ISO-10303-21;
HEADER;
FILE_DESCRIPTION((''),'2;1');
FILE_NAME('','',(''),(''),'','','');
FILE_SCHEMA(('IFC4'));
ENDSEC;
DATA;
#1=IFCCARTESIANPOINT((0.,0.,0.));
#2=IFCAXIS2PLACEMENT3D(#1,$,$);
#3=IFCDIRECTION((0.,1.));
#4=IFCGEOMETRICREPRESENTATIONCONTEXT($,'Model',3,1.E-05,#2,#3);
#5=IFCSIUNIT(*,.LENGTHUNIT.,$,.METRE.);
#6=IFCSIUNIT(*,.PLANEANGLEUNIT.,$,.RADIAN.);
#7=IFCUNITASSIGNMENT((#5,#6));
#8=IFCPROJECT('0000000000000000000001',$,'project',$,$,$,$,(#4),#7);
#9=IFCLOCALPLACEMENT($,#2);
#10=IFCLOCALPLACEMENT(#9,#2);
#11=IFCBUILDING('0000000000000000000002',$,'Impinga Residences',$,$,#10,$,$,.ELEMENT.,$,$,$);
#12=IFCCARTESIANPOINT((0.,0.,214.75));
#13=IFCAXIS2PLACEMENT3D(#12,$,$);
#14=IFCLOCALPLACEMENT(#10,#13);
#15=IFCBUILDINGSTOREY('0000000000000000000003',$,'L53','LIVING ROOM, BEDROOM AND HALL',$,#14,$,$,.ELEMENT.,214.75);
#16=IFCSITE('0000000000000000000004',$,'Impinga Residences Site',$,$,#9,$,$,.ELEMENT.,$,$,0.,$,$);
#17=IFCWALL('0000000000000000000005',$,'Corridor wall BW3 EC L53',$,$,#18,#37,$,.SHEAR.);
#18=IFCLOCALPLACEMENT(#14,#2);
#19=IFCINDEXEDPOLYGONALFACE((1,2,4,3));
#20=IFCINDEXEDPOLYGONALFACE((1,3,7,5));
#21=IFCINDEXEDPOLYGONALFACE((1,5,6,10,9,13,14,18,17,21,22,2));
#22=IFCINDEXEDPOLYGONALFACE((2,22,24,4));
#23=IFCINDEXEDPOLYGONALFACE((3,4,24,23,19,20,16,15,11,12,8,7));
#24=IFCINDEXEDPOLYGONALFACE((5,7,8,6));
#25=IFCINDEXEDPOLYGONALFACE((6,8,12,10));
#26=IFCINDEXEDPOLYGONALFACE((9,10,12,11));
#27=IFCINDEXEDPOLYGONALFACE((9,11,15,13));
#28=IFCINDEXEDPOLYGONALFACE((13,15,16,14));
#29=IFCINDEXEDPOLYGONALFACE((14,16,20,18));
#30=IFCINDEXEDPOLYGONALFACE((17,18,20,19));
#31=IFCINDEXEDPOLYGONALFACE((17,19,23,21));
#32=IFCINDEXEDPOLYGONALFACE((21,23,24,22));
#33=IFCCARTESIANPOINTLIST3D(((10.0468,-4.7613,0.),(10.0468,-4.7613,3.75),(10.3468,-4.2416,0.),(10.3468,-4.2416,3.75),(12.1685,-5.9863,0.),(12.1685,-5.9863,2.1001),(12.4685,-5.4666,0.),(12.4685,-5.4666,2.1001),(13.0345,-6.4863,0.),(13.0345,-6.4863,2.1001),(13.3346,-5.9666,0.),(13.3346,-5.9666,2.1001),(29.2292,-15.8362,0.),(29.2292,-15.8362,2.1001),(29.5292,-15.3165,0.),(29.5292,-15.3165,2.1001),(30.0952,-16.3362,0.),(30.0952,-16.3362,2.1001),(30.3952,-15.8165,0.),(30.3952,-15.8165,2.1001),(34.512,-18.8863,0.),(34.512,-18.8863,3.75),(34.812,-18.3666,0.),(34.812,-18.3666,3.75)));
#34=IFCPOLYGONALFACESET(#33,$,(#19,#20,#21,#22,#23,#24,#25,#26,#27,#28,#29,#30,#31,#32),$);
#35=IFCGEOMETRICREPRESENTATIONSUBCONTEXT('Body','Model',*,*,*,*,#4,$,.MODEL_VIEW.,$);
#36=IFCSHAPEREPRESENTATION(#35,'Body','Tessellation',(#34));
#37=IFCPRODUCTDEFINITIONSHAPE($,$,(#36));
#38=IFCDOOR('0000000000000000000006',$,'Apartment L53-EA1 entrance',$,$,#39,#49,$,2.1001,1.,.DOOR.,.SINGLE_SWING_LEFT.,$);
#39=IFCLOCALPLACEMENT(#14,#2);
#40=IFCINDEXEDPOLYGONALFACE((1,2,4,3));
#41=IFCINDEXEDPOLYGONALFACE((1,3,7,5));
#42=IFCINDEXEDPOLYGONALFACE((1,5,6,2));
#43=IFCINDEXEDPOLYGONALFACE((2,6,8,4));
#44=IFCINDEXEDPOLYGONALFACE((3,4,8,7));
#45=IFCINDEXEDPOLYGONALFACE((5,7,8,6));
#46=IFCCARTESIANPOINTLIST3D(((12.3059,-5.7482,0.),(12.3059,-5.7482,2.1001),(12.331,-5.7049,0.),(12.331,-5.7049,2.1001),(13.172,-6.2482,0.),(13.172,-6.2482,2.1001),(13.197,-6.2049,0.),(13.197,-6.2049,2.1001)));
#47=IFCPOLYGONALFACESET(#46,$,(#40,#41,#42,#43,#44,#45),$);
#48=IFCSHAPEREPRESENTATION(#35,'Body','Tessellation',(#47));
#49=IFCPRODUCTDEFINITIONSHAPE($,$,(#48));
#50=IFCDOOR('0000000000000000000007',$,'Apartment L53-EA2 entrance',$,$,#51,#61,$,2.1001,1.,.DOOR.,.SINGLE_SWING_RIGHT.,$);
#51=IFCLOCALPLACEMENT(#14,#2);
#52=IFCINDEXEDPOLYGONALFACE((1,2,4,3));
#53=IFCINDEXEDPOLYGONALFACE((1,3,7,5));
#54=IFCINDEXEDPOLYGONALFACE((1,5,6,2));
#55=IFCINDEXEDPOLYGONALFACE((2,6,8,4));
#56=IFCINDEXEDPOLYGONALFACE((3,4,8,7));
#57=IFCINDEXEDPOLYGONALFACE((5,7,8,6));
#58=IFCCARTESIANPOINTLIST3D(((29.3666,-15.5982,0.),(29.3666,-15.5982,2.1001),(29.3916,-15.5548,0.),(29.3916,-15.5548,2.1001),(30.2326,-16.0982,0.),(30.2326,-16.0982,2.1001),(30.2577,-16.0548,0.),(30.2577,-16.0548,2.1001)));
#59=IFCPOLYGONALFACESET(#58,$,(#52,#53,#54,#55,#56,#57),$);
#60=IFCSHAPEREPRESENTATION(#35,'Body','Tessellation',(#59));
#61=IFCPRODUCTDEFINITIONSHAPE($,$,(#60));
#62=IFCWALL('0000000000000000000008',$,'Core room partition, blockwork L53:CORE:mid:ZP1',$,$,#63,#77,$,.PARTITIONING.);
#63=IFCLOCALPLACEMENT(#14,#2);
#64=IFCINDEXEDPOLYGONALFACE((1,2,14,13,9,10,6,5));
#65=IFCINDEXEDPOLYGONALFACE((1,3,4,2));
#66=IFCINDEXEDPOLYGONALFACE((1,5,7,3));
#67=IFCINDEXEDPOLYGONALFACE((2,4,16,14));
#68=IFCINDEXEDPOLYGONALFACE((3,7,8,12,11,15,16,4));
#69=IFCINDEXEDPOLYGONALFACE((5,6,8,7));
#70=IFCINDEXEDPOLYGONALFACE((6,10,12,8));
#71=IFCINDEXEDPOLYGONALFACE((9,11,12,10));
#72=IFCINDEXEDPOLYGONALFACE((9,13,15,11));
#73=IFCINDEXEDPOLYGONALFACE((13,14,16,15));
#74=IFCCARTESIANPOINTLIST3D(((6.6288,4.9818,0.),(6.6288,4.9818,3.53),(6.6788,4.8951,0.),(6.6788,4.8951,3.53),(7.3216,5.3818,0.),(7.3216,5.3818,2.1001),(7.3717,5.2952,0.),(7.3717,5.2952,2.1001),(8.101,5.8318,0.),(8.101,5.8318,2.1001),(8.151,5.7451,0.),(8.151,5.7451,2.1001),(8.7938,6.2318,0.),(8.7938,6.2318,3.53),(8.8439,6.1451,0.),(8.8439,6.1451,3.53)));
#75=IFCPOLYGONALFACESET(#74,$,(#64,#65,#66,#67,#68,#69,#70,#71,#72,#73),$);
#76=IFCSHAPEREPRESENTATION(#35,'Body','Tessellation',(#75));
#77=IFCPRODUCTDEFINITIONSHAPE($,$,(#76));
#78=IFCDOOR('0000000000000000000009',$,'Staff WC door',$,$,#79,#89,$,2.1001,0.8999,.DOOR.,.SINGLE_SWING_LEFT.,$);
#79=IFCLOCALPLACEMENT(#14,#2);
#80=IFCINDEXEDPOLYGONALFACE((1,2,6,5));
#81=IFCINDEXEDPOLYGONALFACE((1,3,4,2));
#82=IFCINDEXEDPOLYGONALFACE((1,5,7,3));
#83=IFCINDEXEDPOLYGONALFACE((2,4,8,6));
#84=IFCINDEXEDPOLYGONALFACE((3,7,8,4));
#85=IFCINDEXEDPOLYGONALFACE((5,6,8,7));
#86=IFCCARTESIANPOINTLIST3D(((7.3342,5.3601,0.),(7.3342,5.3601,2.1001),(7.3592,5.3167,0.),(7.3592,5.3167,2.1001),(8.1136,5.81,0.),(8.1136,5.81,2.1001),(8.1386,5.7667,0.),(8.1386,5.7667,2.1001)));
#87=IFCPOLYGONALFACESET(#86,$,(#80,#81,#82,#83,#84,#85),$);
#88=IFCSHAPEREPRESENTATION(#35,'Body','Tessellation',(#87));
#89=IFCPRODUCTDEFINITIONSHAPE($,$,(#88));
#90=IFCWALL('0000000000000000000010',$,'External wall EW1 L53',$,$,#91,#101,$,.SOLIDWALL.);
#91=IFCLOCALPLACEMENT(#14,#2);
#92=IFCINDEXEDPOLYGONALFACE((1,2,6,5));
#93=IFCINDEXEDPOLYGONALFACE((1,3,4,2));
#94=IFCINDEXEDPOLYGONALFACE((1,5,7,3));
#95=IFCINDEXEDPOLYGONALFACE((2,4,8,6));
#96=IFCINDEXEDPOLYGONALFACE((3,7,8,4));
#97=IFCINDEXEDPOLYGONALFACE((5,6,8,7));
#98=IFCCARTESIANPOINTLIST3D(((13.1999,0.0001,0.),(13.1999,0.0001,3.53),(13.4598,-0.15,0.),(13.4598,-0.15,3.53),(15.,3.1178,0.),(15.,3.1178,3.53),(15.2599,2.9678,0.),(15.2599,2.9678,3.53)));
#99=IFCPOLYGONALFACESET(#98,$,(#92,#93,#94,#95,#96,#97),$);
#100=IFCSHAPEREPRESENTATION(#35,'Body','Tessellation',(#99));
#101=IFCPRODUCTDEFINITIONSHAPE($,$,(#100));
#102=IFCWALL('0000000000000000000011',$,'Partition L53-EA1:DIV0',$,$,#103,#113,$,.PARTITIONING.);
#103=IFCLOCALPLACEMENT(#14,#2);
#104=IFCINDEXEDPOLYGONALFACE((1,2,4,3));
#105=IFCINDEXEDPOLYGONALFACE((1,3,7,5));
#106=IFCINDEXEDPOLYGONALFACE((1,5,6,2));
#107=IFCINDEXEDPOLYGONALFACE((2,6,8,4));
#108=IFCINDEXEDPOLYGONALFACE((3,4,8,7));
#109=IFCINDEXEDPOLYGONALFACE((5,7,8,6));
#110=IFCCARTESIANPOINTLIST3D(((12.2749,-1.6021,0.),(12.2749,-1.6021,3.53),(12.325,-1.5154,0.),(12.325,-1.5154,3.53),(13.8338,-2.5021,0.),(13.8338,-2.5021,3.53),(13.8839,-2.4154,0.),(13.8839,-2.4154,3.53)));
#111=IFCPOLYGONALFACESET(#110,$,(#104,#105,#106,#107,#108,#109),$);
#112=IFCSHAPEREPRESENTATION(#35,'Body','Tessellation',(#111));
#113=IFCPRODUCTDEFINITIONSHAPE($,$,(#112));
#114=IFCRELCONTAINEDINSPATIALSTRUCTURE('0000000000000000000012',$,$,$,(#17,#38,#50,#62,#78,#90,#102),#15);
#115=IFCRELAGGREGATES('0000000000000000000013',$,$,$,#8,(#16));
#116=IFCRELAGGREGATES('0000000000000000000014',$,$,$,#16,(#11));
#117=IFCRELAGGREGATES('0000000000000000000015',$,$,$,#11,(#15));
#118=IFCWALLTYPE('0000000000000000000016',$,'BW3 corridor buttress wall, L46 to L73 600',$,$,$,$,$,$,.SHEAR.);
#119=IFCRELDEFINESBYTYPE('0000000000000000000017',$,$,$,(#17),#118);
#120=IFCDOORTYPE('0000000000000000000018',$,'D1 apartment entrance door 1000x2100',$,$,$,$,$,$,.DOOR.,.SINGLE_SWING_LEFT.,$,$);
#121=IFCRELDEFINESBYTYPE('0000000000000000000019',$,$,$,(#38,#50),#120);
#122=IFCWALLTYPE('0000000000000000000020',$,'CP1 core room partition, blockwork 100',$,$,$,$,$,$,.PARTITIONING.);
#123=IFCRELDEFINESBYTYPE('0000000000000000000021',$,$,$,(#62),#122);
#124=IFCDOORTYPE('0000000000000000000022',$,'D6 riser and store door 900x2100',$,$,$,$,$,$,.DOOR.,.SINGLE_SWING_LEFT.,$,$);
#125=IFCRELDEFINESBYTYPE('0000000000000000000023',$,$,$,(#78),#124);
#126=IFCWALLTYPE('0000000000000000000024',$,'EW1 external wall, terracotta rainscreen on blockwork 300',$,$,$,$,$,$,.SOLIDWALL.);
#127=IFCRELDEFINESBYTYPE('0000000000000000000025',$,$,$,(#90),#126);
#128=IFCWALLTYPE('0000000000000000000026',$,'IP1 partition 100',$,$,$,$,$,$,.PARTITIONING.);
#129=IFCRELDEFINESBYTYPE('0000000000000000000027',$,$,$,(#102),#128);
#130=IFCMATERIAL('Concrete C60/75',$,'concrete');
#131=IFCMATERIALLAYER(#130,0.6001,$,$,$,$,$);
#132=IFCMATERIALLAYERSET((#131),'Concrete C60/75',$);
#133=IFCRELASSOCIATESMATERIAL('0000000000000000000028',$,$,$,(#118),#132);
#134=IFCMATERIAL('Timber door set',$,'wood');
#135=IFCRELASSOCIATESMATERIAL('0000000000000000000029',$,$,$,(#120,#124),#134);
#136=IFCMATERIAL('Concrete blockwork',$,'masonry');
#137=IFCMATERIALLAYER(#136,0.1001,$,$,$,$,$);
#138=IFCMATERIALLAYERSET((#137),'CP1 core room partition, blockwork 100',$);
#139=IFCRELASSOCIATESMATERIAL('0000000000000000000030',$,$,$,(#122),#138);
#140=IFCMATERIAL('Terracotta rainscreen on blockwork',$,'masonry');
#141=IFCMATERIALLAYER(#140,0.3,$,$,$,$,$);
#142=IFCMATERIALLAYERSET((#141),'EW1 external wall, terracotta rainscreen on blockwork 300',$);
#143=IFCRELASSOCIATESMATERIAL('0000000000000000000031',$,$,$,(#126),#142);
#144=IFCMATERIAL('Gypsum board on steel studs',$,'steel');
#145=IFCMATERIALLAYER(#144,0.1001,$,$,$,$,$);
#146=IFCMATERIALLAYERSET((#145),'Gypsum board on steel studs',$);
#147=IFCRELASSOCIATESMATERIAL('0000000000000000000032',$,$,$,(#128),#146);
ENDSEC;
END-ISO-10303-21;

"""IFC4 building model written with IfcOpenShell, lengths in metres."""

from ifc_helpers import new_model, si_unit, direction, frame, frame_2d, origin, place, context, subcontext, project, spatial, rectangle, extrude, material, layer, layer_set, type_object, element, fill, save


model = new_model("IFC4")

# Units and contexts
model_context = context("Model", 3, precision=1e-05, world=origin(), true_north=direction((0.0, 1.0)))
body_context = subcontext(model_context, "Body", "Model", "MODEL_VIEW")
ifc_project = project(units=[si_unit("LENGTHUNIT", "METRE"), si_unit("PLANEANGLEUNIT", "RADIAN")], contexts=[model_context])

# Site, building, storey
site_placement = place(None, origin())
site = spatial("IfcSite", under=ifc_project, at=site_placement, Name="Impinga Residences Site", CompositionType="ELEMENT", RefElevation=0.0)
building_placement = place(site_placement, origin())
building = spatial("IfcBuilding", under=site, at=building_placement, Name="Impinga Residences", CompositionType="ELEMENT")
storey_placement = place(building_placement, frame((0.0, 0.0, 214.75)))
storey = spatial("IfcBuildingStorey", under=building, at=storey_placement, Name="L53", Description="LIVING ROOM, BEDROOM AND HALL", CompositionType="ELEMENT", Elevation=214.75)

# Wall, openings, doors
ifc_material_1 = material(Name="Concrete C60/75", Category="concrete")
ifc_layer_1 = layer(ifc_material_1, 0.6001)
ifc_layer_set_1 = layer_set([ifc_layer_1], Name="Concrete C60/75")
wall_type_1 = type_object("IfcWallType", Name="BW3 corridor buttress wall, L46 to L73 600", PredefinedType="SHEAR", material=ifc_layer_set_1)
wall_1_placement = place(storey_placement, frame((10.1968, -4.5015, 0.0), z_axis=(0.0, 0.0, 1.0), x_axis=(0.866026, -0.499998, 0.0)))
wall_1 = element("IfcWall", 1, at=wall_1_placement, inside=storey, type_object=wall_type_1, Name="Corridor wall BW3 EC L53", PredefinedType="SHEAR", context=body_context, shape_type="SweptSolid", body=[
    extrude(rectangle(XDim=28.25, YDim=0.6001, at=frame_2d((14.125, 0.0))), origin(), (0.0, 0.0, 1.0), 3.75),
])
opening_1_placement = place(wall_1_placement, frame((2.45, 0.0, 0.0)))
opening_1 = element("IfcOpeningElement", 2, at=opening_1_placement, cuts=wall_1, PredefinedType="OPENING", context=body_context, shape_type="SweptSolid", body=[
    extrude(rectangle(XDim=1.0, YDim=2.1001, at=frame_2d((0.5, 1.05))), frame((0.0, 0.3101, 0.0), z_axis=(0.0, -1.0, 0.0), x_axis=(1.0, 0.0, 0.0)), (0.0, 0.0, 1.0), 0.6201),
])
opening_2_placement = place(wall_1_placement, frame((22.1499, 0.0, 0.0)))
opening_2 = element("IfcOpeningElement", 3, at=opening_2_placement, cuts=wall_1, PredefinedType="OPENING", context=body_context, shape_type="SweptSolid", body=[
    extrude(rectangle(XDim=1.0, YDim=2.1001, at=frame_2d((0.5, 1.05))), frame((0.0, 0.3101, 0.0), z_axis=(0.0, -1.0, 0.0), x_axis=(1.0, 0.0, 0.0)), (0.0, 0.0, 1.0), 0.6201),
])
ifc_material_2 = material(Name="Timber door set", Category="wood")
door_type_1 = type_object("IfcDoorType", Name="D1 apartment entrance door 1000x2100", OperationType="SINGLE_SWING_LEFT", PredefinedType="DOOR", material=ifc_material_2)
door_1_placement = place(opening_1_placement, origin())
door_1 = element("IfcDoor", 4, at=door_1_placement, inside=storey, type_object=door_type_1, Name="Apartment L53-EA1 entrance", OperationType="SINGLE_SWING_LEFT", OverallHeight=2.1001, OverallWidth=1.0, PredefinedType="DOOR", context=body_context, shape_type="SweptSolid", body=[
    extrude(rectangle(XDim=1.0, YDim=2.1001, at=frame_2d((0.5, 1.05))), frame((0.0, 0.0249, 0.0), z_axis=(0.0, -1.0, 0.0), x_axis=(1.0, 0.0, 0.0)), (0.0, 0.0, 1.0), 0.05),
])
fill(opening_1, door_1)
door_2_placement = place(opening_2_placement, origin())
door_2 = element("IfcDoor", 5, at=door_2_placement, inside=storey, type_object=door_type_1, Name="Apartment L53-EA2 entrance", OperationType="SINGLE_SWING_RIGHT", OverallHeight=2.1001, OverallWidth=1.0, PredefinedType="DOOR", context=body_context, shape_type="SweptSolid", body=[
    extrude(rectangle(XDim=1.0, YDim=2.1001, at=frame_2d((0.5, 1.05))), frame((0.0, 0.0249, 0.0), z_axis=(0.0, -1.0, 0.0), x_axis=(1.0, 0.0, 0.0)), (0.0, 0.0, 1.0), 0.05),
])
fill(opening_2, door_2)

# Wall, opening, door
ifc_material_3 = material(Name="Concrete blockwork", Category="masonry")
ifc_layer_2 = layer(ifc_material_3, 0.1001)
ifc_layer_set_2 = layer_set([ifc_layer_2], Name="CP1 core room partition, blockwork 100")
wall_type_2 = type_object("IfcWallType", Name="CP1 core room partition, blockwork 100", PredefinedType="PARTITIONING", material=ifc_layer_set_2)
wall_2_placement = place(storey_placement, frame((6.6538, 4.9385, 0.0), z_axis=(0.0, 0.0, 1.0), x_axis=(0.866023, 0.500004, 0.0)))
wall_2 = element("IfcWall", 6, at=wall_2_placement, inside=storey, type_object=wall_type_2, Name="Core room partition, blockwork L53:CORE:mid:ZP1", PredefinedType="PARTITIONING", context=body_context, shape_type="SweptSolid", body=[
    extrude(rectangle(XDim=2.5, YDim=0.1001, at=frame_2d((1.25, 0.0))), origin(), (0.0, 0.0, 1.0), 3.53),
])
opening_3_placement = place(wall_2_placement, frame((0.8, 0.0, 0.0)))
opening_3 = element("IfcOpeningElement", 7, at=opening_3_placement, cuts=wall_2, PredefinedType="OPENING", context=body_context, shape_type="SweptSolid", body=[
    extrude(rectangle(XDim=0.8999, YDim=2.1001, at=frame_2d((0.45, 1.05))), frame((0.0, 0.0601, 0.0), z_axis=(0.0, -1.0, 0.0), x_axis=(1.0, 0.0, 0.0)), (0.0, 0.0, 1.0), 0.1201),
])
door_type_2 = type_object("IfcDoorType", Name="D6 riser and store door 900x2100", OperationType="SINGLE_SWING_LEFT", PredefinedType="DOOR", material=ifc_material_2)
door_3_placement = place(opening_3_placement, origin())
door_3 = element("IfcDoor", 8, at=door_3_placement, inside=storey, type_object=door_type_2, Name="Staff WC door", OperationType="SINGLE_SWING_LEFT", OverallHeight=2.1001, OverallWidth=0.8999, PredefinedType="DOOR", context=body_context, shape_type="SweptSolid", body=[
    extrude(rectangle(XDim=0.8999, YDim=2.1001, at=frame_2d((0.45, 1.05))), frame((0.0, 0.0249, 0.0), z_axis=(0.0, -1.0, 0.0), x_axis=(1.0, 0.0, 0.0)), (0.0, 0.0, 1.0), 0.05),
])
fill(opening_3, door_3)

# Walls
ifc_material_4 = material(Name="Terracotta rainscreen on blockwork", Category="masonry")
ifc_layer_3 = layer(ifc_material_4, 0.3)
ifc_layer_set_3 = layer_set([ifc_layer_3], Name="EW1 external wall, terracotta rainscreen on blockwork 300")
wall_type_3 = type_object("IfcWallType", Name="EW1 external wall, terracotta rainscreen on blockwork 300", PredefinedType="SOLIDWALL", material=ifc_layer_set_3)
wall_3_placement = place(storey_placement, frame((13.3298, -0.075, 0.0), z_axis=(0.0, 0.0, 1.0), x_axis=(0.500012, 0.866018, 0.0)))
element("IfcWall", 9, at=wall_3_placement, inside=storey, type_object=wall_type_3, Name="External wall EW1 L53", PredefinedType="SOLIDWALL", context=body_context, shape_type="SweptSolid", body=[
    extrude(rectangle(XDim=3.6001, YDim=0.3, at=frame_2d((1.8, 0.0))), origin(), (0.0, 0.0, 1.0), 3.53),
])
ifc_material_5 = material(Name="Gypsum board on steel studs", Category="steel")
ifc_layer_4 = layer(ifc_material_5, 0.1001)
ifc_layer_set_4 = layer_set([ifc_layer_4], Name="Gypsum board on steel studs")
wall_type_4 = type_object("IfcWallType", Name="IP1 partition 100", PredefinedType="PARTITIONING", material=ifc_layer_set_4)
wall_4_placement = place(storey_placement, frame((12.3, -1.5588, 0.0), z_axis=(0.0, 0.0, 1.0), x_axis=(0.866048, -0.499961, 0.0)))
element("IfcWall", 10, at=wall_4_placement, inside=storey, type_object=wall_type_4, Name="Partition L53-EA1:DIV0", PredefinedType="PARTITIONING", context=body_context, shape_type="SweptSolid", body=[
    extrude(rectangle(XDim=1.8, YDim=0.1001, at=frame_2d((0.8999, 0.0))), origin(), (0.0, 0.0, 1.0), 3.53),
])

save(model, "model.ifc")
